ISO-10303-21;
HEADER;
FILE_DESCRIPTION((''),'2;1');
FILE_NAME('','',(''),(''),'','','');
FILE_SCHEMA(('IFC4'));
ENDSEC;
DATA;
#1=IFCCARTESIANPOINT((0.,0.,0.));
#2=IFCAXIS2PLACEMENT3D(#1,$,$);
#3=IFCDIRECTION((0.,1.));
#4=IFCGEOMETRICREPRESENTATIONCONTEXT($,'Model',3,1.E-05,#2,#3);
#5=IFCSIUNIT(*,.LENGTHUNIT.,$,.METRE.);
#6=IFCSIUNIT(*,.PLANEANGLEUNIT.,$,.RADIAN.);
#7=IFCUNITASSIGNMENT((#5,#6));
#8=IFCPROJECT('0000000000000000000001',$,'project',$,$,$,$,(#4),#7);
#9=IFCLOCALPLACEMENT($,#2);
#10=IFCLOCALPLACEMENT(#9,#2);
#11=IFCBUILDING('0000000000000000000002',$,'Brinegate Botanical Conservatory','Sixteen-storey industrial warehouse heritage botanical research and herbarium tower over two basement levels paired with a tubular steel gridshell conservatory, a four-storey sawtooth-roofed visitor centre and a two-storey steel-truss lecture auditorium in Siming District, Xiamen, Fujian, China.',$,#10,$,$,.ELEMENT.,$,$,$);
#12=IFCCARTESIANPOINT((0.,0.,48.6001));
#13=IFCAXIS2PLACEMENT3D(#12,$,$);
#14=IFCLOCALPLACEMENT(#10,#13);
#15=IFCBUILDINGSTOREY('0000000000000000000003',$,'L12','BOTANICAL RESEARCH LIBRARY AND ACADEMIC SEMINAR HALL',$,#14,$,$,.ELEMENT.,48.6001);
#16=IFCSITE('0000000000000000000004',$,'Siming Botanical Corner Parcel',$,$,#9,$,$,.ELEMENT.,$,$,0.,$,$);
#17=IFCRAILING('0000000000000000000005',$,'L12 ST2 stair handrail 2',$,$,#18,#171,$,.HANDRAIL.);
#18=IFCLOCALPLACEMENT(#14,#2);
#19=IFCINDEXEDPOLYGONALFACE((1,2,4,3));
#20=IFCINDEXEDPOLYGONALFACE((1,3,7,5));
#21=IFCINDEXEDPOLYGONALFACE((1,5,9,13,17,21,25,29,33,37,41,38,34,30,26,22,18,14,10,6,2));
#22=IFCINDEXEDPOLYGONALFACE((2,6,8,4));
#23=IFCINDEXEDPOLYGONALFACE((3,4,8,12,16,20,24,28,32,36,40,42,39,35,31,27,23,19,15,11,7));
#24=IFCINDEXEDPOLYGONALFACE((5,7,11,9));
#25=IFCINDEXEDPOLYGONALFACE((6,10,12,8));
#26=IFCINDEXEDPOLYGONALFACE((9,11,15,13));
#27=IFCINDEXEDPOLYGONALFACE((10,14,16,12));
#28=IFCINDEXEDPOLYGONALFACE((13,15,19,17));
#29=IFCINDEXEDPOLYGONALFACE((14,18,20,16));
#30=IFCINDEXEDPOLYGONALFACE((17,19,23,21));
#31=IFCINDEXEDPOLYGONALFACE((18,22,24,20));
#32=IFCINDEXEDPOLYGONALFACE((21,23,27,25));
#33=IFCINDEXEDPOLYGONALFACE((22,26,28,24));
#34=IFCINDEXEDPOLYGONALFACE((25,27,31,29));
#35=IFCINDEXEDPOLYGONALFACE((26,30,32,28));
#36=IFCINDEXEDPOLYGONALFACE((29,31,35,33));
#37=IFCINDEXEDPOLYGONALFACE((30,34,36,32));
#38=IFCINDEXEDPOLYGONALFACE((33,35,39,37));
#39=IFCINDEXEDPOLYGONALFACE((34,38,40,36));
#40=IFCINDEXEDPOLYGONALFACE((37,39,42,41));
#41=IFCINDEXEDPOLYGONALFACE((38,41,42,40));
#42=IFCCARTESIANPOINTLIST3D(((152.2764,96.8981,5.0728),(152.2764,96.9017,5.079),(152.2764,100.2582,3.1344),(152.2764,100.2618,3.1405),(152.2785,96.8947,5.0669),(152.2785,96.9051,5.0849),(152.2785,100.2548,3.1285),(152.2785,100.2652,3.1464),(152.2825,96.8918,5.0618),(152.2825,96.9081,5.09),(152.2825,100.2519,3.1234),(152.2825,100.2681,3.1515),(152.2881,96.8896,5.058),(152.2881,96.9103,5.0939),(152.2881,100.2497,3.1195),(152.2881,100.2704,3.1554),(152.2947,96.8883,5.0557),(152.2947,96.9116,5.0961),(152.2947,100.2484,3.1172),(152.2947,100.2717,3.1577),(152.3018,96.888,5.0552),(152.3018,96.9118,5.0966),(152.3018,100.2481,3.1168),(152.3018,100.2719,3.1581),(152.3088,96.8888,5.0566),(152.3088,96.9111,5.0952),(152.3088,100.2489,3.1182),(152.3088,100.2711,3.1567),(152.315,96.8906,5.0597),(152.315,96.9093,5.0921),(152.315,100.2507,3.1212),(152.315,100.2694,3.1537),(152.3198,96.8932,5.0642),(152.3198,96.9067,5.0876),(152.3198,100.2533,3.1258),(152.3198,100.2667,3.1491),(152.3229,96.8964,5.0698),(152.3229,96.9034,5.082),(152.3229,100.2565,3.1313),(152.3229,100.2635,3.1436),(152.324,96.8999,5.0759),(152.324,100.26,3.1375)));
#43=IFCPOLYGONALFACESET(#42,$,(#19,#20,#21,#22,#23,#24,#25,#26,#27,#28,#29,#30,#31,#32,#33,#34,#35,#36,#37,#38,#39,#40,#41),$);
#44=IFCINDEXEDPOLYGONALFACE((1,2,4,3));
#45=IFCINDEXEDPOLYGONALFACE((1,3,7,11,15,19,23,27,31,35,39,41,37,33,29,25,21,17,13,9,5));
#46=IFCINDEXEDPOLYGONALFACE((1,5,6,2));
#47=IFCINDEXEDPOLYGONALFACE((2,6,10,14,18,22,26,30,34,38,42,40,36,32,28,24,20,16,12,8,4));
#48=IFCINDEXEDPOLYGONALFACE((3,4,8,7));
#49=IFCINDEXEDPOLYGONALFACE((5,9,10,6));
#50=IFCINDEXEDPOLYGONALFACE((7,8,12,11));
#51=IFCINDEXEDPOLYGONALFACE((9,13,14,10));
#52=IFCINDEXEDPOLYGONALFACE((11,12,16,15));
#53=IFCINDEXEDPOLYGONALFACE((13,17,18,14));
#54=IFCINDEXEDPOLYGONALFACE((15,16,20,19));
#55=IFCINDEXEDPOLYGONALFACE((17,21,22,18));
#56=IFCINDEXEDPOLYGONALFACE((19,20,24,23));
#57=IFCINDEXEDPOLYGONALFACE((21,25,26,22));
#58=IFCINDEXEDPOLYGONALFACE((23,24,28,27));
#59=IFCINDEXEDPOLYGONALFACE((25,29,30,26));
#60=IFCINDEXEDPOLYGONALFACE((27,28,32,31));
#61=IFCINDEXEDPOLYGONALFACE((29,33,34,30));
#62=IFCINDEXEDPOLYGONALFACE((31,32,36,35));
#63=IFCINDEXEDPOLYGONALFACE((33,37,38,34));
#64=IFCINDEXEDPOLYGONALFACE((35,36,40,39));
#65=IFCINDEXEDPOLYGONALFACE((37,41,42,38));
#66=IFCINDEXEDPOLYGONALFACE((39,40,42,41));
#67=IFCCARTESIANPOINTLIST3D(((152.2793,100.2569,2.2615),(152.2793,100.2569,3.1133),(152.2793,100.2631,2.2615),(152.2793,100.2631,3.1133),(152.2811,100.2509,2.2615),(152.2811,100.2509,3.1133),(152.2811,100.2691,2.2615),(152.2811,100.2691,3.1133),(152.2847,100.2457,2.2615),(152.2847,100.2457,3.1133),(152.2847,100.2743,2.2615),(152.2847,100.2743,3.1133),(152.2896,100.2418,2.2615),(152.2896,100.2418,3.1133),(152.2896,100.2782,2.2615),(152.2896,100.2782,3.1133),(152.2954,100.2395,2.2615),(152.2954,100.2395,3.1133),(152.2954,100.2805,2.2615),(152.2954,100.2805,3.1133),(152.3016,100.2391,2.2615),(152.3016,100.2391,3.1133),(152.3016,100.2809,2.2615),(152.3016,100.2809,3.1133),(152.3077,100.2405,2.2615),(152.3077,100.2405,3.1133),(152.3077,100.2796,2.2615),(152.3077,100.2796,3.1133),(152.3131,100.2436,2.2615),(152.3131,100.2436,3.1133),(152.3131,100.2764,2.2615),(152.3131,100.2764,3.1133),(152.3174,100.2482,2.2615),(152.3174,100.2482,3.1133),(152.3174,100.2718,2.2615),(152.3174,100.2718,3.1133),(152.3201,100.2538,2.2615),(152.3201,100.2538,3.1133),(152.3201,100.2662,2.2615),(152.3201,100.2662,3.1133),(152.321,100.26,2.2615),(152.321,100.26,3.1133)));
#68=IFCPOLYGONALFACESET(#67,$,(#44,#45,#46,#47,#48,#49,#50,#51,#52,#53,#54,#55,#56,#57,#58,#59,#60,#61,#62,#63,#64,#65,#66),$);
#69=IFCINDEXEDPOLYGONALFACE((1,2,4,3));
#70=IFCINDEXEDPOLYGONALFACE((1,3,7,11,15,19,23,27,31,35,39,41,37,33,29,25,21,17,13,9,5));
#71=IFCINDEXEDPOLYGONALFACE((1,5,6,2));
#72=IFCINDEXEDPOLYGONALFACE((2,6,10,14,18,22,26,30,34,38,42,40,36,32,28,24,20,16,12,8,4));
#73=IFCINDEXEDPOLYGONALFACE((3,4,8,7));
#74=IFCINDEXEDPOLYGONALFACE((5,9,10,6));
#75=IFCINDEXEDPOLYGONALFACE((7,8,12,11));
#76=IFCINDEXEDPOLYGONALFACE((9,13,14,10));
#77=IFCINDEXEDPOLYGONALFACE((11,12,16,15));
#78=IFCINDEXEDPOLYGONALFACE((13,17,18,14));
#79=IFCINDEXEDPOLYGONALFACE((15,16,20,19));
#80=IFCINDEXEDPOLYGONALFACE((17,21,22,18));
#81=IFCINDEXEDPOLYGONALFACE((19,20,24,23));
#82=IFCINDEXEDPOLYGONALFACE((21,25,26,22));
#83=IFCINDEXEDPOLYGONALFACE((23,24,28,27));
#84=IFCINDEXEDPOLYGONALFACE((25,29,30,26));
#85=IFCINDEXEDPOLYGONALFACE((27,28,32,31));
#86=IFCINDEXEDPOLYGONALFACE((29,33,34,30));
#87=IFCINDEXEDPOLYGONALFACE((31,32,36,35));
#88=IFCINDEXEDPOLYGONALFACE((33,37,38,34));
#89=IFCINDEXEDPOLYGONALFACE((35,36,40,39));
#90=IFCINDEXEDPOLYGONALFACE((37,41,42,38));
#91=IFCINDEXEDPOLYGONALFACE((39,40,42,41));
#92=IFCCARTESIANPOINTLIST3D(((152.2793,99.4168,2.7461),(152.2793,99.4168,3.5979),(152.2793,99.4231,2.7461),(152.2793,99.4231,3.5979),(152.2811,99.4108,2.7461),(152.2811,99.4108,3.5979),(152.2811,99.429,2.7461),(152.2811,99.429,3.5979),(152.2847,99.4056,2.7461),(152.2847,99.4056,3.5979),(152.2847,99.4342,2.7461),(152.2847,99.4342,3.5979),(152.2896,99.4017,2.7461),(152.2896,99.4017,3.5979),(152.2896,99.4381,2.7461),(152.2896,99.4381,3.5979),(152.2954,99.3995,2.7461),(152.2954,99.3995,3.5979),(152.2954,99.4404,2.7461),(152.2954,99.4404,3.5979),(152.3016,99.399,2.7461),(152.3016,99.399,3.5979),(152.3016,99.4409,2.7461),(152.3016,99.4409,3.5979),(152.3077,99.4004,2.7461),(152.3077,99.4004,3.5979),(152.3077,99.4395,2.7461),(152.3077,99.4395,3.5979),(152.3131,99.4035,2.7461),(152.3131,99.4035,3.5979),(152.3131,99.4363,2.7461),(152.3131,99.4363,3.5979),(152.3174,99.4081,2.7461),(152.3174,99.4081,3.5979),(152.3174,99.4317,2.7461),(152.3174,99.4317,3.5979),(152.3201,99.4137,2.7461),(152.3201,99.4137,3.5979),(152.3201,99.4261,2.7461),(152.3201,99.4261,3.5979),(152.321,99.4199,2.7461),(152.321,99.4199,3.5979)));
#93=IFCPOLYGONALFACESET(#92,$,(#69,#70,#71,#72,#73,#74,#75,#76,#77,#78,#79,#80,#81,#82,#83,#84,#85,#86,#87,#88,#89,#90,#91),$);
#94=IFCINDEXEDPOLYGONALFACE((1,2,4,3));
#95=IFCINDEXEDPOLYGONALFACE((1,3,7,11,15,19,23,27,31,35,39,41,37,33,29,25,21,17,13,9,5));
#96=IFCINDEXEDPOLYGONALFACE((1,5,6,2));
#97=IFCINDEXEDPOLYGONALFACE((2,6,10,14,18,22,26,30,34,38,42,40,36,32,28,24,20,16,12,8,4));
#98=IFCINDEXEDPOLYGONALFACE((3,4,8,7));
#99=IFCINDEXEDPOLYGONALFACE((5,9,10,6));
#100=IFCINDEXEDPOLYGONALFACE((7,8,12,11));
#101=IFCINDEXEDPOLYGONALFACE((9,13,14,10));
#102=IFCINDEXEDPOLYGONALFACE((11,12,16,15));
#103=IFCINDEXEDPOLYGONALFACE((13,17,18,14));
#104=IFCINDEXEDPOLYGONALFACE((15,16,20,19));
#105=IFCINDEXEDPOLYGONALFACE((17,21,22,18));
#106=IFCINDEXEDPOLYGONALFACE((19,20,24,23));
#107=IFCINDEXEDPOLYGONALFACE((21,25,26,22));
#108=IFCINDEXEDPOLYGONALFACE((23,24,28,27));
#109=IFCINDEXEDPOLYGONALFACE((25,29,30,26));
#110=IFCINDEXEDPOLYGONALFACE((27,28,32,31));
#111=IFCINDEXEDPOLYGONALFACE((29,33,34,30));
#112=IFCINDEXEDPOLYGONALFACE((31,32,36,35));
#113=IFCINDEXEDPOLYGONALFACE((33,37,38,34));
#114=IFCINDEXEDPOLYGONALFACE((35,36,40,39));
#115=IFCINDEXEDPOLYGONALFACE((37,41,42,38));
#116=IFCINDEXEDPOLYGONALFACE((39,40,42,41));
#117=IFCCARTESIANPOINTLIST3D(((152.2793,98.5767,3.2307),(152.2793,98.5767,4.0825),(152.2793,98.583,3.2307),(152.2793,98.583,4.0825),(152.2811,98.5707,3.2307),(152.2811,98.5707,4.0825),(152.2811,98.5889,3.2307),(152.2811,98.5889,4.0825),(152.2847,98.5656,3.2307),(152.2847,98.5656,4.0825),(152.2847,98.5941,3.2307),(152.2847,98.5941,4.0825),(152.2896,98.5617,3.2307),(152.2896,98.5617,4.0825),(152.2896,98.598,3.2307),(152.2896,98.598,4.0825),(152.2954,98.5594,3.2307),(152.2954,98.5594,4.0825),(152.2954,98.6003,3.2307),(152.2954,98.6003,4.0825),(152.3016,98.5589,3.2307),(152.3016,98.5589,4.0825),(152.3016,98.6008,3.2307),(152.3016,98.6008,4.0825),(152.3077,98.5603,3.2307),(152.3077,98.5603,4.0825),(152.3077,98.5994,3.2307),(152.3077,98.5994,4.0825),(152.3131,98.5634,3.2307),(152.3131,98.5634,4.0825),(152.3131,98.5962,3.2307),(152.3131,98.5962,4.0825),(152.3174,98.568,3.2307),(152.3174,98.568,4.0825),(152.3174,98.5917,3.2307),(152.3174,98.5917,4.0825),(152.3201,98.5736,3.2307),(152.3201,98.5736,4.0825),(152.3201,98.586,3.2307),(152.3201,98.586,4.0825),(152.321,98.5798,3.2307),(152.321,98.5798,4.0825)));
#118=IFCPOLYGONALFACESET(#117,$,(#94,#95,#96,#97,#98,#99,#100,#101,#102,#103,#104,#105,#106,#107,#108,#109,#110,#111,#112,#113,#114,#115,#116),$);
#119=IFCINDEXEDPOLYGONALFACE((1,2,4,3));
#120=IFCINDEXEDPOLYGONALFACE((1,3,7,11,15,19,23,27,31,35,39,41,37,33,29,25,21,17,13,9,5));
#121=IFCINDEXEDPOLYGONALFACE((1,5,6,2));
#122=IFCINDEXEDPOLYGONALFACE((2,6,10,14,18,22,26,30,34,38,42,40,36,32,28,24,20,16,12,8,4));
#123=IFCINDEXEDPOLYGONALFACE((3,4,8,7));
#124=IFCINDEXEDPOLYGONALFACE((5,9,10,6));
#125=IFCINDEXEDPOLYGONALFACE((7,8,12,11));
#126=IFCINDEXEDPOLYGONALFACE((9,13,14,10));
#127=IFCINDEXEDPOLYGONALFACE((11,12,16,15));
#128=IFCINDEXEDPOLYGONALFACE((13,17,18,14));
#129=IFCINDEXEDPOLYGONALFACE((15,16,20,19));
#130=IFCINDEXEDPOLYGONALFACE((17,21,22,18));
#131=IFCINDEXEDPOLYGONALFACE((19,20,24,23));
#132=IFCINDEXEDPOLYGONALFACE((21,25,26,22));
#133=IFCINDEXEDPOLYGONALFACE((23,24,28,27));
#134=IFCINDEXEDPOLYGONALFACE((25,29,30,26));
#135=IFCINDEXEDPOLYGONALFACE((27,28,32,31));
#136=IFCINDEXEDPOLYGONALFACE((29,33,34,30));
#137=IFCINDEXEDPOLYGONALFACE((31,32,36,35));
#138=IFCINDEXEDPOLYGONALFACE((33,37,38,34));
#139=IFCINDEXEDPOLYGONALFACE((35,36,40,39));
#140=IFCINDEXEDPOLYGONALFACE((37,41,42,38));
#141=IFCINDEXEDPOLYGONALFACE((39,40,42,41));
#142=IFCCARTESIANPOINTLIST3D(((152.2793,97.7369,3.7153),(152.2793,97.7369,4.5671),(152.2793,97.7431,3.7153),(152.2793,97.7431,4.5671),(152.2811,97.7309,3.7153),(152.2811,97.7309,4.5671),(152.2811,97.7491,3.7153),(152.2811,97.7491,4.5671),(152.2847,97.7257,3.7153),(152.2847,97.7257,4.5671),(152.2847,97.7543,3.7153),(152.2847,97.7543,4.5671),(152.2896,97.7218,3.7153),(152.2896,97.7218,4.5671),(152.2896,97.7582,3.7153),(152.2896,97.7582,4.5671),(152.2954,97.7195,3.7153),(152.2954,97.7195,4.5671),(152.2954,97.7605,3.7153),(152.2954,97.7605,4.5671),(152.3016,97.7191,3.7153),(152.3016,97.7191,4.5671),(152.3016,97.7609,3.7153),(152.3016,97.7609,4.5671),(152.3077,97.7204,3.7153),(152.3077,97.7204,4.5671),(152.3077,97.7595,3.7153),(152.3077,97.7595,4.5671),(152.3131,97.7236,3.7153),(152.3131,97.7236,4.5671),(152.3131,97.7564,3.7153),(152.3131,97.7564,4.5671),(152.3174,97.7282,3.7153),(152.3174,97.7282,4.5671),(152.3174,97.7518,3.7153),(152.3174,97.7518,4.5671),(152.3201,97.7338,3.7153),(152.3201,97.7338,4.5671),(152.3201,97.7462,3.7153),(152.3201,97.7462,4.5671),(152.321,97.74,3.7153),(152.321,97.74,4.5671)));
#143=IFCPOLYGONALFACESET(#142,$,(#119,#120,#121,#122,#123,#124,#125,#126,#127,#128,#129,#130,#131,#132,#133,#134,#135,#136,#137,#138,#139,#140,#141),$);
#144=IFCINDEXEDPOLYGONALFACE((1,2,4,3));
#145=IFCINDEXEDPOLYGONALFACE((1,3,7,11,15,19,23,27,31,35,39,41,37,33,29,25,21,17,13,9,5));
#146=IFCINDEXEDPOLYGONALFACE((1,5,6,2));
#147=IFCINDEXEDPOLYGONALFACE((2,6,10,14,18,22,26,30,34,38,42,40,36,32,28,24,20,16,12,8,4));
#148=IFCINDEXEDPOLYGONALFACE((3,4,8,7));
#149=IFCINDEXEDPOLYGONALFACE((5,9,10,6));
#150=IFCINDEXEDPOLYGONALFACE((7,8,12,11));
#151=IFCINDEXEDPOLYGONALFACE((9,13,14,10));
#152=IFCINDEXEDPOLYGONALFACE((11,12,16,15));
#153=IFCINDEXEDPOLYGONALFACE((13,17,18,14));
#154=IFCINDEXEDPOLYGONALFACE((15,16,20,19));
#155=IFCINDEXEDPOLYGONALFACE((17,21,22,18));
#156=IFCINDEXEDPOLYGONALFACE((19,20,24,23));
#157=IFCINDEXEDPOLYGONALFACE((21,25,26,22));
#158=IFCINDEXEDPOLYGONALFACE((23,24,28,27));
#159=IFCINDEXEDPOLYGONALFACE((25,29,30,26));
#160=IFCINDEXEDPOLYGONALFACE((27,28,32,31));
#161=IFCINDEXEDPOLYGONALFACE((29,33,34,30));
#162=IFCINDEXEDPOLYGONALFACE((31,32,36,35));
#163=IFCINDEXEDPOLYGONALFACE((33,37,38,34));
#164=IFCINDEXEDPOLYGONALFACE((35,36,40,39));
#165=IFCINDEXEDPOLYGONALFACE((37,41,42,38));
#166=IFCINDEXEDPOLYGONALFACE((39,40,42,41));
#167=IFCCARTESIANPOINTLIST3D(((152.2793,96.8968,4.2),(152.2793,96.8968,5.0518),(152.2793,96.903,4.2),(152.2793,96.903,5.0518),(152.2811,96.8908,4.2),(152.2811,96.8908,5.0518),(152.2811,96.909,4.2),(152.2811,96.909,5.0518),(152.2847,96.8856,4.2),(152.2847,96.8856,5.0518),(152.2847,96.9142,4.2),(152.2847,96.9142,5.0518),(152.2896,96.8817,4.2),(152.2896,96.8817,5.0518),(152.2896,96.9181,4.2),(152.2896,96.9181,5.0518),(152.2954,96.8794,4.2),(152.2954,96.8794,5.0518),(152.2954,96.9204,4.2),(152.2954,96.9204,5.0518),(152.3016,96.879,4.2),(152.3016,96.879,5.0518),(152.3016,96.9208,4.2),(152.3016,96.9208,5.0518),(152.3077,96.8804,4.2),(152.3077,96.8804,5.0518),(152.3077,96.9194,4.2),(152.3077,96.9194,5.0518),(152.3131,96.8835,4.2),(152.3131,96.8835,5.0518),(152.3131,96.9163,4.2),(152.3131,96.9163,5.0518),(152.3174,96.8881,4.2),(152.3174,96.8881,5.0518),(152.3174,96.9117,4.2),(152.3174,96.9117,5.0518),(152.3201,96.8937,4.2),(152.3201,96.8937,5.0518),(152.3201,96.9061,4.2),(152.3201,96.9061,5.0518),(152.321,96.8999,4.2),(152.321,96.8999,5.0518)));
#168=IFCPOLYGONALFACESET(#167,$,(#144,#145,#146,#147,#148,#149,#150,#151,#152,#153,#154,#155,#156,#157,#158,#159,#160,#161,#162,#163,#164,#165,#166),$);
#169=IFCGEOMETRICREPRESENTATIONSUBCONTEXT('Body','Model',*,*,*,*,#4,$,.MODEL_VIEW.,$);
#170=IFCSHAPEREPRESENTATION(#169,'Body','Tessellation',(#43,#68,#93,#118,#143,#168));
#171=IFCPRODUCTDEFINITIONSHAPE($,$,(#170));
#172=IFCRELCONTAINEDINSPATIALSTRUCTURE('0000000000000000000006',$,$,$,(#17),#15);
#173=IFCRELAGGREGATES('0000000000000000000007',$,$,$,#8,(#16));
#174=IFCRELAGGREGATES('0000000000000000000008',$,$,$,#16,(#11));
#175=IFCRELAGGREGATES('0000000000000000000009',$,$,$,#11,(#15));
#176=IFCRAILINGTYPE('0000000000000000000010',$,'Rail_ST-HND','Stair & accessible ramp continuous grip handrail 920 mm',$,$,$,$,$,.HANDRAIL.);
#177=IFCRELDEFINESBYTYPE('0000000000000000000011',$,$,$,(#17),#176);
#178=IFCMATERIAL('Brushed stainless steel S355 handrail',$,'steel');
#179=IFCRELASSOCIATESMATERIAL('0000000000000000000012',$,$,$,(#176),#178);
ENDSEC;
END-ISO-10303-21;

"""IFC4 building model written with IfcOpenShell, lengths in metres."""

from ifc_helpers import new_model, si_unit, direction, frame, origin, origin_2d, place, context, subcontext, project, spatial, circle, extrude, material, type_object, element, save


model = new_model("IFC4")

# Units and contexts
model_context = context("Model", 3, precision=1e-05, world=origin(), true_north=direction((0.0, 1.0)))
body_context = subcontext(model_context, "Body", "Model", "MODEL_VIEW")
ifc_project = project(units=[si_unit("LENGTHUNIT", "METRE"), si_unit("PLANEANGLEUNIT", "RADIAN")], contexts=[model_context])

# Site, building, storey
site_placement = place(None, origin())
site = spatial("IfcSite", under=ifc_project, at=site_placement, Name="Siming Botanical Corner Parcel", CompositionType="ELEMENT", RefElevation=0.0)
building_placement = place(site_placement, origin())
building = spatial("IfcBuilding", under=site, at=building_placement, Name="Brinegate Botanical Conservatory", Description="Sixteen-storey industrial warehouse heritage botanical research and herbarium tower over two basement levels paired with a tubular steel gridshell conservatory, a four-storey sawtooth-roofed visitor centre and a two-storey steel-truss lecture auditorium in Siming District, Xiamen, Fujian, China.", CompositionType="ELEMENT")
storey_placement = place(building_placement, frame((0.0, 0.0, 48.6001)))
storey = spatial("IfcBuildingStorey", under=building, at=storey_placement, Name="L12", Description="BOTANICAL RESEARCH LIBRARY AND ACADEMIC SEMINAR HALL", CompositionType="ELEMENT", Elevation=48.6001)

# Railing
ifc_material_1 = material(Name="Brushed stainless steel S355 handrail", Category="steel")
railing_type_1 = type_object("IfcRailingType", Name="Rail_ST-HND", Description="Stair & accessible ramp continuous grip handrail 920 mm", PredefinedType="HANDRAIL", material=ifc_material_1)
railing_1_placement = place(storey_placement, frame((152.3, 100.26, 2.2615)))
element("IfcRailing", 1, at=railing_1_placement, inside=storey, type_object=railing_type_1, Name="L12 ST2 stair handrail 2", PredefinedType="HANDRAIL", context=body_context, shape_type="SweptSolid", body=[
    extrude(circle(Radius=0.0239, at=origin_2d()), frame((0.0, 0.0, 0.876), z_axis=(0.0, -0.866191, 0.499713), x_axis=(1.0, 0.0, 0.0)), (0.0, 0.0, 1.0), 3.8792),
    extrude(circle(Radius=0.021, at=origin_2d()), origin(), (0.0, 0.0, 1.0), 0.8518),
    extrude(circle(Radius=0.021, at=origin_2d()), frame((0.0, -0.8401, 0.4846)), (0.0, 0.0, 1.0), 0.8518),
    extrude(circle(Radius=0.021, at=origin_2d()), frame((0.0, -1.6802, 0.9692)), (0.0, 0.0, 1.0), 0.8518),
    extrude(circle(Radius=0.021, at=origin_2d()), frame((0.0, -2.52, 1.4539)), (0.0, 0.0, 1.0), 0.8518),
    extrude(circle(Radius=0.021, at=origin_2d()), frame((0.0, -3.3601, 1.9385)), (0.0, 0.0, 1.0), 0.8518),
])

save(model, "model.ifc")
